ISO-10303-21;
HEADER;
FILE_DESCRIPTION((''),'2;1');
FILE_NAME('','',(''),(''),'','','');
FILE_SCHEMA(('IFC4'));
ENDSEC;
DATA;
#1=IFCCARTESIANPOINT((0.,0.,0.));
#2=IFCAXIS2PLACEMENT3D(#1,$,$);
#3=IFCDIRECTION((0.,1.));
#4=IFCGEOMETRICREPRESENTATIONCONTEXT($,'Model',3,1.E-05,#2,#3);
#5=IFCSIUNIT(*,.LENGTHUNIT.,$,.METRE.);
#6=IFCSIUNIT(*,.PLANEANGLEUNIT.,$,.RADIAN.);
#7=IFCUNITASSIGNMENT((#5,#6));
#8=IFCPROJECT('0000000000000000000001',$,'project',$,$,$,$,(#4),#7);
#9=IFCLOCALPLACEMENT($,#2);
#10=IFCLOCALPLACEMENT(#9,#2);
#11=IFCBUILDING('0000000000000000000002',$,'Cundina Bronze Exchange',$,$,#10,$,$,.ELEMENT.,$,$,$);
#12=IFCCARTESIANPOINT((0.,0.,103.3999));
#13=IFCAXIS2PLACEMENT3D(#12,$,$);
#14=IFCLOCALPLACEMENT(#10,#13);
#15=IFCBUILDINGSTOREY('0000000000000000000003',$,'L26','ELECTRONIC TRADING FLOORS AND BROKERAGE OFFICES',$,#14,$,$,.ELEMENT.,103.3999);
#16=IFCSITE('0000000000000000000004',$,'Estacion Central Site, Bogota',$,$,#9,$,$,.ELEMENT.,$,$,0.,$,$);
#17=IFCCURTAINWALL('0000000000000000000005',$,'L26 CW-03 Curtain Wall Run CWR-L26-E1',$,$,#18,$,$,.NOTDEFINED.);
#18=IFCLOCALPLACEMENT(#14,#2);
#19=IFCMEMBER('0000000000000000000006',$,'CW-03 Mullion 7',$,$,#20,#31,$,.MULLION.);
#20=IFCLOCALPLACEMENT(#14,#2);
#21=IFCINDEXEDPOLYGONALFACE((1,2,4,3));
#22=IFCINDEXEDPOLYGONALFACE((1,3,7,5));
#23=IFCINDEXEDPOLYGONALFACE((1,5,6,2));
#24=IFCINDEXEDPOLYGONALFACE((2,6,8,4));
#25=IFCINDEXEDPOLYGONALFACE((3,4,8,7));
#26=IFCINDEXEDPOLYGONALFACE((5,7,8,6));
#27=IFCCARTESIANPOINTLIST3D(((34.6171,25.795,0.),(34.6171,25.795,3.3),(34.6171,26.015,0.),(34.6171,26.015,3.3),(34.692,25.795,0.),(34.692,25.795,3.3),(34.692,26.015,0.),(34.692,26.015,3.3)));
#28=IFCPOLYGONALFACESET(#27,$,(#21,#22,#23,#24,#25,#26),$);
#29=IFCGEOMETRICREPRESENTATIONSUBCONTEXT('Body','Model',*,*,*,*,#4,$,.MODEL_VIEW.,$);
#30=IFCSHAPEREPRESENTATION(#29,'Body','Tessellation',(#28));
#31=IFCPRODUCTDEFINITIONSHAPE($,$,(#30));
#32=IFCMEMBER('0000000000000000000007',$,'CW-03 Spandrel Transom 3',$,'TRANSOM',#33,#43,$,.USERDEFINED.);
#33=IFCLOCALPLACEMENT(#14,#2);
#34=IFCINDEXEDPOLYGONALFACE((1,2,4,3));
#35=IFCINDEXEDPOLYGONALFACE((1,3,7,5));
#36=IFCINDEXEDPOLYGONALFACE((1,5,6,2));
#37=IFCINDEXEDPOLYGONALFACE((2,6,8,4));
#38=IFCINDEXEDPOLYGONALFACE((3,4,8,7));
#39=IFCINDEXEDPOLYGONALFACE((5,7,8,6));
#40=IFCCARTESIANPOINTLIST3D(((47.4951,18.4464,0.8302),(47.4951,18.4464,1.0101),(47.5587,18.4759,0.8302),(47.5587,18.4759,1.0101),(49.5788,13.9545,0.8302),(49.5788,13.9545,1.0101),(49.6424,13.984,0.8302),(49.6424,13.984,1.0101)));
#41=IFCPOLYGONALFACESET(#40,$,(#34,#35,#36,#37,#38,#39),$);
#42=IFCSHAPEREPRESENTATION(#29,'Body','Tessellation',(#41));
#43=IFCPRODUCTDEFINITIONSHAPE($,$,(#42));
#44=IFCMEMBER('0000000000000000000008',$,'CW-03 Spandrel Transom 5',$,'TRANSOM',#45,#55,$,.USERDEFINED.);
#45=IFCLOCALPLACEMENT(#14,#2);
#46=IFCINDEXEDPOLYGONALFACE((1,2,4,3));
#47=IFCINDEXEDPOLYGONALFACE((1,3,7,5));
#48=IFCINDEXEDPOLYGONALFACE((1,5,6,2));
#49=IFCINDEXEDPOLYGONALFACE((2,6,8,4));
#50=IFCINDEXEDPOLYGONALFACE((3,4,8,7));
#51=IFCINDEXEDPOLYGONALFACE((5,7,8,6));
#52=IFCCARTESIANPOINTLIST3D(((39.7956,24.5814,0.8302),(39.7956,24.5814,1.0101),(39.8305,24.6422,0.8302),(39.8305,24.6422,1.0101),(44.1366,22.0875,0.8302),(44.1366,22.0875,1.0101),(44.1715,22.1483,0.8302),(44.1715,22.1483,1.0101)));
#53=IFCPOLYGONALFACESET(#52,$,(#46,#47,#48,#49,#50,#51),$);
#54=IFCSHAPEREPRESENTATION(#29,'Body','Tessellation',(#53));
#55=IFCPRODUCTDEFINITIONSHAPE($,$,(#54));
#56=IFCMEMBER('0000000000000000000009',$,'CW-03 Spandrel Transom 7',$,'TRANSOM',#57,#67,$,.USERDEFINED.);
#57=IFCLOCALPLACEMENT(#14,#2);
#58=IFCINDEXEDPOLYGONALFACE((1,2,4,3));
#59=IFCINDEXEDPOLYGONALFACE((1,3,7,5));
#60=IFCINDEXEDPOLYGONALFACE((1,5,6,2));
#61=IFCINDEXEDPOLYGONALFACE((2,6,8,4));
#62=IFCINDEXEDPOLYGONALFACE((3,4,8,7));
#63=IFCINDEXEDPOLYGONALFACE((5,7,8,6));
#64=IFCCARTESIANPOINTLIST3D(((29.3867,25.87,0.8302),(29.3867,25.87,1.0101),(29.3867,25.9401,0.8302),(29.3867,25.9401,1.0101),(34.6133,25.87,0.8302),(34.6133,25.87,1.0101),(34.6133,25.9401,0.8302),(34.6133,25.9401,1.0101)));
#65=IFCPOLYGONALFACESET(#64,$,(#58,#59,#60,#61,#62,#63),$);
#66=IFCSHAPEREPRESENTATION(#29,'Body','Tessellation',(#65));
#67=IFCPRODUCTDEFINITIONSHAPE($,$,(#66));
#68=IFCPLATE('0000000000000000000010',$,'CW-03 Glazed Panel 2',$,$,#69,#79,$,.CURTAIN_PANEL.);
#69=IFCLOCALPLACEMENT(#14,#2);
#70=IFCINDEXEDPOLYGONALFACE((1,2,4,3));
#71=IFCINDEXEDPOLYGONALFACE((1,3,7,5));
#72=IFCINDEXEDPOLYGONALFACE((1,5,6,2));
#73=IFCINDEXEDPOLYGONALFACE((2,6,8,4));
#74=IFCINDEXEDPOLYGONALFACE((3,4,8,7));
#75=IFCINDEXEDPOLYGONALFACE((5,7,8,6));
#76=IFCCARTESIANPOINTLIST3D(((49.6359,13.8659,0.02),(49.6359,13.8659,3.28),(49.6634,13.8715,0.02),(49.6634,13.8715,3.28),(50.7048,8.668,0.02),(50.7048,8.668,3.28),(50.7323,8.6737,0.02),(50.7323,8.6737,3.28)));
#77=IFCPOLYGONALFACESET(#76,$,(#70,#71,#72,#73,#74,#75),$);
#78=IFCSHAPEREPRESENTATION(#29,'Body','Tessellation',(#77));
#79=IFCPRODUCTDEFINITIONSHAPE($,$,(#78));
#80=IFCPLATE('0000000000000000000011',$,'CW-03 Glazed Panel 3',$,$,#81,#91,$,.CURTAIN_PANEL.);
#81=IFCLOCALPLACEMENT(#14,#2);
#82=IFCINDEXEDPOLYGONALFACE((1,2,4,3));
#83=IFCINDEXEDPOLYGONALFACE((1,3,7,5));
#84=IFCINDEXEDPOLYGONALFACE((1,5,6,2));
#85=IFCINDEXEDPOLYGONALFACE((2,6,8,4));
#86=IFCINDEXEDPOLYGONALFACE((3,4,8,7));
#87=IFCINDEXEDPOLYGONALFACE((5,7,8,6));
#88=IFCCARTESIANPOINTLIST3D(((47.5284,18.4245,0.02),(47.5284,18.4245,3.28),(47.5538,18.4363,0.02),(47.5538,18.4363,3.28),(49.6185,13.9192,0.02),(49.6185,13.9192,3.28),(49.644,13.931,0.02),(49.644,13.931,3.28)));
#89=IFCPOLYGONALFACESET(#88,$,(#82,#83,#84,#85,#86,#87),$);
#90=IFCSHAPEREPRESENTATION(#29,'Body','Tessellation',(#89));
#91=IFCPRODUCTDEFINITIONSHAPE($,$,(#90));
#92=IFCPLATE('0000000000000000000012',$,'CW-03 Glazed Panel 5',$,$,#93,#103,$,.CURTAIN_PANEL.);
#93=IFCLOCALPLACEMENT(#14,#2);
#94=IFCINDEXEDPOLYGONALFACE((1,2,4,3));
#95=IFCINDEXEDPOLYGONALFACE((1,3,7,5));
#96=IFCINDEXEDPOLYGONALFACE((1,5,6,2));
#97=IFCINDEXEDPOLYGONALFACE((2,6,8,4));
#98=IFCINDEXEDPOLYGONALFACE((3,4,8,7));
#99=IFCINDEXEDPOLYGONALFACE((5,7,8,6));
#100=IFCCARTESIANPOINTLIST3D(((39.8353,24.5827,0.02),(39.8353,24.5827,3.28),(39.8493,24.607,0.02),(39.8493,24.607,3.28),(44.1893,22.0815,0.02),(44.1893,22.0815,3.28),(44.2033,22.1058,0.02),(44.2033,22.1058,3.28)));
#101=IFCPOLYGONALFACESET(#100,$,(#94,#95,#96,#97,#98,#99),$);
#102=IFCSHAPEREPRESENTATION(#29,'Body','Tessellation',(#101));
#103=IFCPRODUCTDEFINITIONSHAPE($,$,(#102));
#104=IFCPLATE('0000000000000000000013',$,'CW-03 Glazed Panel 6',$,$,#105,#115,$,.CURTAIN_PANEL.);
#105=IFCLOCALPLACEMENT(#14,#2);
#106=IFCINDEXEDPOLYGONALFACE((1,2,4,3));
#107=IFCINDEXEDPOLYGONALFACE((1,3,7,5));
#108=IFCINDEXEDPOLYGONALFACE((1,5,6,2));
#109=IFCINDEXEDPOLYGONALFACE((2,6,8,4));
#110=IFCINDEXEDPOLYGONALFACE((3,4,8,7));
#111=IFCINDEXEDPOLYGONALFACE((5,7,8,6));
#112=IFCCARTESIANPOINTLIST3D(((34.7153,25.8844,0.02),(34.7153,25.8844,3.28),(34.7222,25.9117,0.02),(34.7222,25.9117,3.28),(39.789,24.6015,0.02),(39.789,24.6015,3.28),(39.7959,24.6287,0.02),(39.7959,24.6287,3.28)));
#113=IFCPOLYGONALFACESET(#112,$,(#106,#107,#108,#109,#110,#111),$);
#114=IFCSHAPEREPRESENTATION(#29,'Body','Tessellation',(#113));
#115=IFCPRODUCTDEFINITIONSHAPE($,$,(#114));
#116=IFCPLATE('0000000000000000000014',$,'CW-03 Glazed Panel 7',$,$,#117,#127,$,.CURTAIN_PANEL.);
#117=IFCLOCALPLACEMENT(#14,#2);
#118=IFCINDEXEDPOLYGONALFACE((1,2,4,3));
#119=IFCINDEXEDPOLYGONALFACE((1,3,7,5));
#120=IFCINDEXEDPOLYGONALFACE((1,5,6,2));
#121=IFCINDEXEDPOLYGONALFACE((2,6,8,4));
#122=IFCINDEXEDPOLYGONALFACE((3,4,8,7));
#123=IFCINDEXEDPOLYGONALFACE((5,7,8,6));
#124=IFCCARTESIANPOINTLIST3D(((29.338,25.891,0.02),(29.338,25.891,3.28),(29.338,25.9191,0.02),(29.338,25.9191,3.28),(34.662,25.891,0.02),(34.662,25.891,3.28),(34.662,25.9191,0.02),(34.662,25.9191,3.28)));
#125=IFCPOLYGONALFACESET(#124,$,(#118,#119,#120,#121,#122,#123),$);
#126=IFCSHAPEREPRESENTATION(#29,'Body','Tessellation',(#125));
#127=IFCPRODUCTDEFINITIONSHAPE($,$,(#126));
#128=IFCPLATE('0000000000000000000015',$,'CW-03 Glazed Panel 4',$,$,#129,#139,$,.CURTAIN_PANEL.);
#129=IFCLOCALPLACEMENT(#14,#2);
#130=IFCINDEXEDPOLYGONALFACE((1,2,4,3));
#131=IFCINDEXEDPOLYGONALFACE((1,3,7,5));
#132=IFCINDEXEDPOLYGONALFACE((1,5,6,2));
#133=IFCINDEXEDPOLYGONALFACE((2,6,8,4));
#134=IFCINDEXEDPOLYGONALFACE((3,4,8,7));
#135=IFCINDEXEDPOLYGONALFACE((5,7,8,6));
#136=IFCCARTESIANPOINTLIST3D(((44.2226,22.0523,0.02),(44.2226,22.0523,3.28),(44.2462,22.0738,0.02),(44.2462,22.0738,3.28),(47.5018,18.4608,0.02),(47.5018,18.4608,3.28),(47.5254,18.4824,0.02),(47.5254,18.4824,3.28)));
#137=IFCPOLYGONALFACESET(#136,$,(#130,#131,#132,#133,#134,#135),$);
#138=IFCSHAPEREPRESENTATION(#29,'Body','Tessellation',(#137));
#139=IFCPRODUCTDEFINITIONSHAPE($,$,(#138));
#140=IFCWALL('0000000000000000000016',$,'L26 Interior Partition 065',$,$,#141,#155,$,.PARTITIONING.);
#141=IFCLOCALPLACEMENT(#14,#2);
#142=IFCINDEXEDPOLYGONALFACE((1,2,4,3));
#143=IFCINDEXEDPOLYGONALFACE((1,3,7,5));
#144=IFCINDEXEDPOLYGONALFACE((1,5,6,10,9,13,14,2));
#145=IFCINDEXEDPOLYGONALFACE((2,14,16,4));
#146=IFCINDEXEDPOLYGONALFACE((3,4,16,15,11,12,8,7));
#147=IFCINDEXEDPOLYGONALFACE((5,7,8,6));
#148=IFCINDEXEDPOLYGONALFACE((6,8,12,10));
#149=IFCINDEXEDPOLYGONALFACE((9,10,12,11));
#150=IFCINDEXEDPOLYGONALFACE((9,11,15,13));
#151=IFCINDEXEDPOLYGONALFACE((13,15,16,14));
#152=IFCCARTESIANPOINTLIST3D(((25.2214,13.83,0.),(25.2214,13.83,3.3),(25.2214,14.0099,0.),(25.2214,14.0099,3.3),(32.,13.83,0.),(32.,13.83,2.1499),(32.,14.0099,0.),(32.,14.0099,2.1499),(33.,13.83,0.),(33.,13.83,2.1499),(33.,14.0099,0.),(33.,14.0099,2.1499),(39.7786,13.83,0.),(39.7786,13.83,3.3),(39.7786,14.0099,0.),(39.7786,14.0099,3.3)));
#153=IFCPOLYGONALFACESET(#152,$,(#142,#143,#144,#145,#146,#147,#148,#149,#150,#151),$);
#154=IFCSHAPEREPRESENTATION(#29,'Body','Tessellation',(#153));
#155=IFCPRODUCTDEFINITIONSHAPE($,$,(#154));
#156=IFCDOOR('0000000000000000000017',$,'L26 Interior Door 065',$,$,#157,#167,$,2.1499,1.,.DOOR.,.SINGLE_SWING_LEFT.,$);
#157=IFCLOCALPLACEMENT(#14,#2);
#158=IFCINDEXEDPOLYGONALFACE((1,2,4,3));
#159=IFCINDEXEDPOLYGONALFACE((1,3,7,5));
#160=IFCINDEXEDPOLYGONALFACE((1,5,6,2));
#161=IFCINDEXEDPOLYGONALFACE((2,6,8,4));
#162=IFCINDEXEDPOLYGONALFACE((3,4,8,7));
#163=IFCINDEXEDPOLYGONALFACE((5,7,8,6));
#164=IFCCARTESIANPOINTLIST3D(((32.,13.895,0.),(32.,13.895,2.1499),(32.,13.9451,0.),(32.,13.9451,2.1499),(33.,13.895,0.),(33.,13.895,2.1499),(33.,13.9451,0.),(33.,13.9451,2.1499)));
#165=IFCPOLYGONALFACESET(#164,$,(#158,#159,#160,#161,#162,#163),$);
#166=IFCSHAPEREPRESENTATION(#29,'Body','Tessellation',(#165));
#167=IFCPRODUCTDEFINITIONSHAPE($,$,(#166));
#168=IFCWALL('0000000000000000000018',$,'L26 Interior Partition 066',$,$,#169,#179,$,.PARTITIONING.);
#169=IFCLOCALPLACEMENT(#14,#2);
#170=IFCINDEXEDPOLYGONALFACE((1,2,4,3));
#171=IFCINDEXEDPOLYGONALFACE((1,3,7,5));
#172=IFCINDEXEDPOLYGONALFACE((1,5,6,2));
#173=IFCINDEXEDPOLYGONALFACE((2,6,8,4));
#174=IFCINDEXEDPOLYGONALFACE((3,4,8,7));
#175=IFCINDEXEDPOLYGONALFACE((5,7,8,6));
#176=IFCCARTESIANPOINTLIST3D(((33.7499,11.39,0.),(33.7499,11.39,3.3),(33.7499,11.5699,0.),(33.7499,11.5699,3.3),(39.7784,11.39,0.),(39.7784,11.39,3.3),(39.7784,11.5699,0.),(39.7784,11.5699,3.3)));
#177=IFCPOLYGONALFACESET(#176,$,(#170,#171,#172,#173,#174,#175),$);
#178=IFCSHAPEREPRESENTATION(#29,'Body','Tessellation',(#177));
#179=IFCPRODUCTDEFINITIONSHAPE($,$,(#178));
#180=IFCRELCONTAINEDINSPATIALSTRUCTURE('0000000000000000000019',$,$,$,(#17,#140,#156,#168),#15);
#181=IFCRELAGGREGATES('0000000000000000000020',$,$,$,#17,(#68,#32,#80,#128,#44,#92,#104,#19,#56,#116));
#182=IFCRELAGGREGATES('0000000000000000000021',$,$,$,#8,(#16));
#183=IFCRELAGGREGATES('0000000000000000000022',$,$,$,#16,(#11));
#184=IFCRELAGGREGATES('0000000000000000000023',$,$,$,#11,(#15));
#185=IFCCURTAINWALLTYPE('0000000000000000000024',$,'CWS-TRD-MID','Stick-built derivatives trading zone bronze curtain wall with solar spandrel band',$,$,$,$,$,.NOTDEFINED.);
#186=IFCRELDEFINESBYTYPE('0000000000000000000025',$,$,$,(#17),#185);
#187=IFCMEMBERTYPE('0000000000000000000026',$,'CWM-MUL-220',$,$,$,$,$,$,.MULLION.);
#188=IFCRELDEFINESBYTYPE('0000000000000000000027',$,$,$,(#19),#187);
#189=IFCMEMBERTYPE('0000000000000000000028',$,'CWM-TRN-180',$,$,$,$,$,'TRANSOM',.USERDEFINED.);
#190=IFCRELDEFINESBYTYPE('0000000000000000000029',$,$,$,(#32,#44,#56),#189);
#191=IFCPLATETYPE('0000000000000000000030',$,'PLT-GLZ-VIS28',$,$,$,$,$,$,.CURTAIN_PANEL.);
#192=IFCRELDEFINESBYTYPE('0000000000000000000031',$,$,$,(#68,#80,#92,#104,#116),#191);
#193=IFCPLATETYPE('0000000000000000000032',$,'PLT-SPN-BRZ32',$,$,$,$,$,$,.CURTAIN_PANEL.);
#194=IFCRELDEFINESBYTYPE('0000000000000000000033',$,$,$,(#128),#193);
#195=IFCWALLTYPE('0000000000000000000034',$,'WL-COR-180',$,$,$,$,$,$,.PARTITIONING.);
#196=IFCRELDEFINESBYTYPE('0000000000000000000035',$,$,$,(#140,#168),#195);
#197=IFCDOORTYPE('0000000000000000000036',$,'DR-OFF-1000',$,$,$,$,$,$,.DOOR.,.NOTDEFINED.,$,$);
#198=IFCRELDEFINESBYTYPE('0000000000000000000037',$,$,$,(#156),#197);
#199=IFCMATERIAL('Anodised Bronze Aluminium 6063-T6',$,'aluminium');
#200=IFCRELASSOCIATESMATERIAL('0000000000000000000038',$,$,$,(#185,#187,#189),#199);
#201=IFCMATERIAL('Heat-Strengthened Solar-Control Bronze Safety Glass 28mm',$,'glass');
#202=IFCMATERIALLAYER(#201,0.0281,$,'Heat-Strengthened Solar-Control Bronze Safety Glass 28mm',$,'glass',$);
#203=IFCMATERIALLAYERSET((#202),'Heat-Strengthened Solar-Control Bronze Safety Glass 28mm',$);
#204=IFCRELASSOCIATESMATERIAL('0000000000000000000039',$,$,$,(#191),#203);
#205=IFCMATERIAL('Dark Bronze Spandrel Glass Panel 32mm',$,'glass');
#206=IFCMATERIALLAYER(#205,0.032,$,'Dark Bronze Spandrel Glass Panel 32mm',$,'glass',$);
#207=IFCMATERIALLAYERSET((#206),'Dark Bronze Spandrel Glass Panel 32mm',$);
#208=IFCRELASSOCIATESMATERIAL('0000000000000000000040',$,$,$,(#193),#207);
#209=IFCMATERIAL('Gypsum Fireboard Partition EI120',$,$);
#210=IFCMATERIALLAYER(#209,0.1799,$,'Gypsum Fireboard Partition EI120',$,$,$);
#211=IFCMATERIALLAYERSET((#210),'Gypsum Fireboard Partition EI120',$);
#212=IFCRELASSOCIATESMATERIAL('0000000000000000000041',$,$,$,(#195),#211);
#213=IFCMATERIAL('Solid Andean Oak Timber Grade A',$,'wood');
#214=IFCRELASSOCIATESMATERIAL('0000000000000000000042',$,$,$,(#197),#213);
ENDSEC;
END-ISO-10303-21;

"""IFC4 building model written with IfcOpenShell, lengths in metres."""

from ifc_helpers import new_model, si_unit, direction, frame, frame_2d, origin, origin_2d, place, context, subcontext, project, spatial, rectangle, extrude, material, layer, layer_set, material_profile, profile_set, type_object, element, fill, aggregate, save


model = new_model("IFC4")

# Units and contexts
model_context = context("Model", 3, precision=1e-05, world=origin(), true_north=direction((0.0, 1.0)))
body_context = subcontext(model_context, "Body", "Model", "MODEL_VIEW")
ifc_project = project(units=[si_unit("LENGTHUNIT", "METRE"), si_unit("PLANEANGLEUNIT", "RADIAN")], contexts=[model_context])

# Site, building, storey
site_placement = place(None, origin())
site = spatial("IfcSite", under=ifc_project, at=site_placement, Name="Estacion Central Site, Bogota", CompositionType="ELEMENT", RefElevation=0.0)
building_placement = place(site_placement, origin())
building = spatial("IfcBuilding", under=site, at=building_placement, Name="Cundina Bronze Exchange", CompositionType="ELEMENT")
storey_placement = place(building_placement, frame((0.0, 0.0, 103.3999)))
storey = spatial("IfcBuildingStorey", under=building, at=storey_placement, Name="L26", Description="ELECTRONIC TRADING FLOORS AND BROKERAGE OFFICES", CompositionType="ELEMENT", Elevation=103.3999)

# Curtain wall, members, plates
ifc_material_1 = material(Name="Anodised Bronze Aluminium 6063-T6", Category="aluminium")
curtain_wall_type = type_object("IfcCurtainWallType", Name="CWS-TRD-MID", Description="Stick-built derivatives trading zone bronze curtain wall with solar spandrel band", PredefinedType="NOTDEFINED", material=ifc_material_1)
curtain_wall_placement = place(storey_placement, origin())
curtain_wall = element("IfcCurtainWall", 1, at=curtain_wall_placement, inside=storey, type_object=curtain_wall_type, Name="L26 CW-03 Curtain Wall Run CWR-L26-E1", PredefinedType="NOTDEFINED")
ifc_material_profile_1 = material_profile(ifc_material_1, rectangle(XDim=0.075, YDim=0.22, at=origin_2d()), Name="AL75X220", Category="aluminium")
ifc_profile_set_1 = profile_set([ifc_material_profile_1], Name="Anodised Bronze Aluminium 6063-T6")
member_type_1 = type_object("IfcMemberType", Name="CWM-MUL-220", PredefinedType="MULLION", material=ifc_profile_set_1)
member_1_placement = place(storey_placement, frame((34.6545, 25.905, 0.0), z_axis=(0.0, 0.0, 1.0), x_axis=(-1.0, 0.0, 0.0)))
member_1 = element("IfcMember", 2, at=member_1_placement, type_object=member_type_1, Name="CW-03 Mullion 7", PredefinedType="MULLION", context=body_context, shape_type="SweptSolid", body=[
    extrude(rectangle(XDim=0.075, YDim=0.22, at=origin_2d()), origin(), (0.0, 0.0, 1.0), 3.3),
])
ifc_material_profile_2 = material_profile(ifc_material_1, rectangle(XDim=0.0701, YDim=0.1799, at=origin_2d()), Name="AL70X180", Category="aluminium")
ifc_profile_set_2 = profile_set([ifc_material_profile_2], Name="Anodised Bronze Aluminium 6063-T6")
member_type_2 = type_object("IfcMemberType", Name="CWM-TRN-180", ElementType="TRANSOM", PredefinedType="USERDEFINED", material=ifc_profile_set_2)
member_2_placement = place(storey_placement, frame((49.6106, 13.9692, 0.9202), z_axis=(-0.420811, 0.907148, 0.0), x_axis=(-0.907148, -0.420811, 0.0)))
member_2 = element("IfcMember", 3, at=member_2_placement, type_object=member_type_2, Name="CW-03 Spandrel Transom 3", ObjectType="TRANSOM", PredefinedType="USERDEFINED", context=body_context, shape_type="SweptSolid", body=[
    extrude(rectangle(XDim=0.0701, YDim=0.1799, at=origin_2d()), origin(), (0.0, 0.0, 1.0), 4.9517),
])
member_3_placement = place(storey_placement, frame((44.1541, 22.1179, 0.9202), z_axis=(-0.867097, 0.498139, 0.0), x_axis=(-0.498139, -0.867097, 0.0)))
member_3 = element("IfcMember", 4, at=member_3_placement, type_object=member_type_2, Name="CW-03 Spandrel Transom 5", ObjectType="TRANSOM", PredefinedType="USERDEFINED", context=body_context, shape_type="SweptSolid", body=[
    extrude(rectangle(XDim=0.0701, YDim=0.1799, at=origin_2d()), origin(), (0.0, 0.0, 1.0), 5.0063),
])
member_4_placement = place(storey_placement, frame((34.6133, 25.905, 0.9202), z_axis=(-1.0, 0.0, 0.0), x_axis=(0.0, -1.0, 0.0)))
member_4 = element("IfcMember", 5, at=member_4_placement, type_object=member_type_2, Name="CW-03 Spandrel Transom 7", ObjectType="TRANSOM", PredefinedType="USERDEFINED", context=body_context, shape_type="SweptSolid", body=[
    extrude(rectangle(XDim=0.0701, YDim=0.1799, at=origin_2d()), origin(), (0.0, 0.0, 1.0), 5.2266),
])
ifc_material_2 = material(Name="Heat-Strengthened Solar-Control Bronze Safety Glass 28mm", Category="glass")
ifc_layer_1 = layer(ifc_material_2, 0.0281, Name="Heat-Strengthened Solar-Control Bronze Safety Glass 28mm", Category="glass")
ifc_layer_set_1 = layer_set([ifc_layer_1], Name="Heat-Strengthened Solar-Control Bronze Safety Glass 28mm")
plate_type_1 = type_object("IfcPlateType", Name="PLT-GLZ-VIS28", PredefinedType="CURTAIN_PANEL", material=ifc_layer_set_1)
plate_1_placement = place(storey_placement, frame((50.1841, 11.2698, 0.02), z_axis=(0.0, 0.0, 1.0), x_axis=(-0.20142, 0.979505, 0.0)))
plate_1 = element("IfcPlate", 6, at=plate_1_placement, type_object=plate_type_1, Name="CW-03 Glazed Panel 2", PredefinedType="CURTAIN_PANEL", context=body_context, shape_type="SweptSolid", body=[
    extrude(rectangle(XDim=5.3066, YDim=0.0281, at=origin_2d()), origin(), (0.0, 0.0, 1.0), 3.26),
])
plate_2_placement = place(storey_placement, frame((48.5862, 16.1777, 0.02), z_axis=(0.0, 0.0, 1.0), x_axis=(-0.420846, 0.907132, 0.0)))
plate_2 = element("IfcPlate", 7, at=plate_2_placement, type_object=plate_type_1, Name="CW-03 Glazed Panel 3", PredefinedType="CURTAIN_PANEL", context=body_context, shape_type="SweptSolid", body=[
    extrude(rectangle(XDim=4.9666, YDim=0.0281, at=origin_2d()), origin(), (0.0, 0.0, 1.0), 3.26),
])
plate_3_placement = place(storey_placement, frame((42.0193, 23.3442, 0.02), z_axis=(0.0, 0.0, 1.0), x_axis=(-0.867105, 0.498125, 0.0)))
plate_3 = element("IfcPlate", 8, at=plate_3_placement, type_object=plate_type_1, Name="CW-03 Glazed Panel 5", PredefinedType="CURTAIN_PANEL", context=body_context, shape_type="SweptSolid", body=[
    extrude(rectangle(XDim=5.0212, YDim=0.0281, at=origin_2d()), origin(), (0.0, 0.0, 1.0), 3.26),
])
plate_4_placement = place(storey_placement, frame((37.2556, 25.2566, 0.02), z_axis=(0.0, 0.0, 1.0), x_axis=(-0.969488, 0.245138, 0.0)))
plate_4 = element("IfcPlate", 9, at=plate_4_placement, type_object=plate_type_1, Name="CW-03 Glazed Panel 6", PredefinedType="CURTAIN_PANEL", context=body_context, shape_type="SweptSolid", body=[
    extrude(rectangle(XDim=5.2334, YDim=0.0281, at=origin_2d()), origin(), (0.0, 0.0, 1.0), 3.26),
])
plate_5_placement = place(storey_placement, frame((32.0, 25.905, 0.02), z_axis=(0.0, 0.0, 1.0), x_axis=(-1.0, 0.0, 0.0)))
plate_5 = element("IfcPlate", 10, at=plate_5_placement, type_object=plate_type_1, Name="CW-03 Glazed Panel 7", PredefinedType="CURTAIN_PANEL", context=body_context, shape_type="SweptSolid", body=[
    extrude(rectangle(XDim=5.324, YDim=0.0281, at=origin_2d()), origin(), (0.0, 0.0, 1.0), 3.26),
])
ifc_material_3 = material(Name="Dark Bronze Spandrel Glass Panel 32mm", Category="glass")
ifc_layer_2 = layer(ifc_material_3, 0.032, Name="Dark Bronze Spandrel Glass Panel 32mm", Category="glass")
ifc_layer_set_2 = layer_set([ifc_layer_2], Name="Dark Bronze Spandrel Glass Panel 32mm")
plate_type_2 = type_object("IfcPlateType", Name="PLT-SPN-BRZ32", PredefinedType="CURTAIN_PANEL", material=ifc_layer_set_2)
plate_6_placement = place(storey_placement, frame((45.874, 20.2673, 0.02), z_axis=(0.0, 0.0, 1.0), x_axis=(-0.674277, 0.738479, 0.0)))
plate_6 = element("IfcPlate", 11, at=plate_6_placement, type_object=plate_type_2, Name="CW-03 Glazed Panel 4", PredefinedType="CURTAIN_PANEL", context=body_context, shape_type="SweptSolid", body=[
    extrude(rectangle(XDim=4.8633, YDim=0.032, at=origin_2d()), origin(), (0.0, 0.0, 1.0), 3.26),
])
aggregate(curtain_wall, [plate_1, member_2, plate_2, plate_6, member_3, plate_3, plate_4, member_1, member_4, plate_5])

# Wall, opening, door
ifc_material_4 = material(Name="Gypsum Fireboard Partition EI120")
ifc_layer_3 = layer(ifc_material_4, 0.1799, Name="Gypsum Fireboard Partition EI120")
ifc_layer_set_3 = layer_set([ifc_layer_3], Name="Gypsum Fireboard Partition EI120")
wall_type_1 = type_object("IfcWallType", Name="WL-COR-180", PredefinedType="PARTITIONING", material=ifc_layer_set_3)
wall_1_placement = place(storey_placement, frame((39.7786, 13.9199, 0.0), z_axis=(0.0, 0.0, 1.0), x_axis=(-1.0, 0.0, 0.0)))
wall_1 = element("IfcWall", 12, at=wall_1_placement, inside=storey, type_object=wall_type_1, Name="L26 Interior Partition 065", PredefinedType="PARTITIONING", context=body_context, shape_type="SweptSolid", body=[
    extrude(rectangle(XDim=14.5571, YDim=0.1799, at=frame_2d((7.2786, 0.0))), origin(), (0.0, 0.0, 1.0), 3.3),
])
opening_placement = place(wall_1_placement, frame((6.7786, 0.0, 0.0)))
opening = element("IfcOpeningElement", 13, at=opening_placement, cuts=wall_1, PredefinedType="OPENING", context=body_context, shape_type="SweptSolid", body=[
    extrude(rectangle(XDim=1.0, YDim=2.1499, at=frame_2d((0.5, 1.075))), frame((0.0, 0.0999, 0.0), z_axis=(0.0, -1.0, 0.0), x_axis=(1.0, 0.0, 0.0)), (0.0, 0.0, 1.0), 0.2),
])
ifc_material_5 = material(Name="Solid Andean Oak Timber Grade A", Category="wood")
door_type = type_object("IfcDoorType", Name="DR-OFF-1000", OperationType="NOTDEFINED", PredefinedType="DOOR", material=ifc_material_5)
door_placement = place(opening_placement, origin())
door = element("IfcDoor", 14, at=door_placement, inside=storey, type_object=door_type, Name="L26 Interior Door 065", OperationType="SINGLE_SWING_LEFT", OverallHeight=2.1499, OverallWidth=1.0, PredefinedType="DOOR", context=body_context, shape_type="SweptSolid", body=[
    extrude(rectangle(XDim=1.0, YDim=2.1499, at=frame_2d((0.5, 1.075))), frame((0.0, 0.0249, 0.0), z_axis=(0.0, -1.0, 0.0), x_axis=(1.0, 0.0, 0.0)), (0.0, 0.0, 1.0), 0.05),
])
fill(opening, door)

# Wall
wall_2_placement = place(storey_placement, frame((33.75, 11.48, 0.0), z_axis=(0.0, 0.0, 1.0), x_axis=(1.0, 0.0, 0.0)))
element("IfcWall", 15, at=wall_2_placement, inside=storey, type_object=wall_type_1, Name="L26 Interior Partition 066", PredefinedType="PARTITIONING", context=body_context, shape_type="SweptSolid", body=[
    extrude(rectangle(XDim=6.0286, YDim=0.1799, at=frame_2d((3.0142, 0.0))), origin(), (0.0, 0.0, 1.0), 3.3),
])

save(model, "model.ifc")
